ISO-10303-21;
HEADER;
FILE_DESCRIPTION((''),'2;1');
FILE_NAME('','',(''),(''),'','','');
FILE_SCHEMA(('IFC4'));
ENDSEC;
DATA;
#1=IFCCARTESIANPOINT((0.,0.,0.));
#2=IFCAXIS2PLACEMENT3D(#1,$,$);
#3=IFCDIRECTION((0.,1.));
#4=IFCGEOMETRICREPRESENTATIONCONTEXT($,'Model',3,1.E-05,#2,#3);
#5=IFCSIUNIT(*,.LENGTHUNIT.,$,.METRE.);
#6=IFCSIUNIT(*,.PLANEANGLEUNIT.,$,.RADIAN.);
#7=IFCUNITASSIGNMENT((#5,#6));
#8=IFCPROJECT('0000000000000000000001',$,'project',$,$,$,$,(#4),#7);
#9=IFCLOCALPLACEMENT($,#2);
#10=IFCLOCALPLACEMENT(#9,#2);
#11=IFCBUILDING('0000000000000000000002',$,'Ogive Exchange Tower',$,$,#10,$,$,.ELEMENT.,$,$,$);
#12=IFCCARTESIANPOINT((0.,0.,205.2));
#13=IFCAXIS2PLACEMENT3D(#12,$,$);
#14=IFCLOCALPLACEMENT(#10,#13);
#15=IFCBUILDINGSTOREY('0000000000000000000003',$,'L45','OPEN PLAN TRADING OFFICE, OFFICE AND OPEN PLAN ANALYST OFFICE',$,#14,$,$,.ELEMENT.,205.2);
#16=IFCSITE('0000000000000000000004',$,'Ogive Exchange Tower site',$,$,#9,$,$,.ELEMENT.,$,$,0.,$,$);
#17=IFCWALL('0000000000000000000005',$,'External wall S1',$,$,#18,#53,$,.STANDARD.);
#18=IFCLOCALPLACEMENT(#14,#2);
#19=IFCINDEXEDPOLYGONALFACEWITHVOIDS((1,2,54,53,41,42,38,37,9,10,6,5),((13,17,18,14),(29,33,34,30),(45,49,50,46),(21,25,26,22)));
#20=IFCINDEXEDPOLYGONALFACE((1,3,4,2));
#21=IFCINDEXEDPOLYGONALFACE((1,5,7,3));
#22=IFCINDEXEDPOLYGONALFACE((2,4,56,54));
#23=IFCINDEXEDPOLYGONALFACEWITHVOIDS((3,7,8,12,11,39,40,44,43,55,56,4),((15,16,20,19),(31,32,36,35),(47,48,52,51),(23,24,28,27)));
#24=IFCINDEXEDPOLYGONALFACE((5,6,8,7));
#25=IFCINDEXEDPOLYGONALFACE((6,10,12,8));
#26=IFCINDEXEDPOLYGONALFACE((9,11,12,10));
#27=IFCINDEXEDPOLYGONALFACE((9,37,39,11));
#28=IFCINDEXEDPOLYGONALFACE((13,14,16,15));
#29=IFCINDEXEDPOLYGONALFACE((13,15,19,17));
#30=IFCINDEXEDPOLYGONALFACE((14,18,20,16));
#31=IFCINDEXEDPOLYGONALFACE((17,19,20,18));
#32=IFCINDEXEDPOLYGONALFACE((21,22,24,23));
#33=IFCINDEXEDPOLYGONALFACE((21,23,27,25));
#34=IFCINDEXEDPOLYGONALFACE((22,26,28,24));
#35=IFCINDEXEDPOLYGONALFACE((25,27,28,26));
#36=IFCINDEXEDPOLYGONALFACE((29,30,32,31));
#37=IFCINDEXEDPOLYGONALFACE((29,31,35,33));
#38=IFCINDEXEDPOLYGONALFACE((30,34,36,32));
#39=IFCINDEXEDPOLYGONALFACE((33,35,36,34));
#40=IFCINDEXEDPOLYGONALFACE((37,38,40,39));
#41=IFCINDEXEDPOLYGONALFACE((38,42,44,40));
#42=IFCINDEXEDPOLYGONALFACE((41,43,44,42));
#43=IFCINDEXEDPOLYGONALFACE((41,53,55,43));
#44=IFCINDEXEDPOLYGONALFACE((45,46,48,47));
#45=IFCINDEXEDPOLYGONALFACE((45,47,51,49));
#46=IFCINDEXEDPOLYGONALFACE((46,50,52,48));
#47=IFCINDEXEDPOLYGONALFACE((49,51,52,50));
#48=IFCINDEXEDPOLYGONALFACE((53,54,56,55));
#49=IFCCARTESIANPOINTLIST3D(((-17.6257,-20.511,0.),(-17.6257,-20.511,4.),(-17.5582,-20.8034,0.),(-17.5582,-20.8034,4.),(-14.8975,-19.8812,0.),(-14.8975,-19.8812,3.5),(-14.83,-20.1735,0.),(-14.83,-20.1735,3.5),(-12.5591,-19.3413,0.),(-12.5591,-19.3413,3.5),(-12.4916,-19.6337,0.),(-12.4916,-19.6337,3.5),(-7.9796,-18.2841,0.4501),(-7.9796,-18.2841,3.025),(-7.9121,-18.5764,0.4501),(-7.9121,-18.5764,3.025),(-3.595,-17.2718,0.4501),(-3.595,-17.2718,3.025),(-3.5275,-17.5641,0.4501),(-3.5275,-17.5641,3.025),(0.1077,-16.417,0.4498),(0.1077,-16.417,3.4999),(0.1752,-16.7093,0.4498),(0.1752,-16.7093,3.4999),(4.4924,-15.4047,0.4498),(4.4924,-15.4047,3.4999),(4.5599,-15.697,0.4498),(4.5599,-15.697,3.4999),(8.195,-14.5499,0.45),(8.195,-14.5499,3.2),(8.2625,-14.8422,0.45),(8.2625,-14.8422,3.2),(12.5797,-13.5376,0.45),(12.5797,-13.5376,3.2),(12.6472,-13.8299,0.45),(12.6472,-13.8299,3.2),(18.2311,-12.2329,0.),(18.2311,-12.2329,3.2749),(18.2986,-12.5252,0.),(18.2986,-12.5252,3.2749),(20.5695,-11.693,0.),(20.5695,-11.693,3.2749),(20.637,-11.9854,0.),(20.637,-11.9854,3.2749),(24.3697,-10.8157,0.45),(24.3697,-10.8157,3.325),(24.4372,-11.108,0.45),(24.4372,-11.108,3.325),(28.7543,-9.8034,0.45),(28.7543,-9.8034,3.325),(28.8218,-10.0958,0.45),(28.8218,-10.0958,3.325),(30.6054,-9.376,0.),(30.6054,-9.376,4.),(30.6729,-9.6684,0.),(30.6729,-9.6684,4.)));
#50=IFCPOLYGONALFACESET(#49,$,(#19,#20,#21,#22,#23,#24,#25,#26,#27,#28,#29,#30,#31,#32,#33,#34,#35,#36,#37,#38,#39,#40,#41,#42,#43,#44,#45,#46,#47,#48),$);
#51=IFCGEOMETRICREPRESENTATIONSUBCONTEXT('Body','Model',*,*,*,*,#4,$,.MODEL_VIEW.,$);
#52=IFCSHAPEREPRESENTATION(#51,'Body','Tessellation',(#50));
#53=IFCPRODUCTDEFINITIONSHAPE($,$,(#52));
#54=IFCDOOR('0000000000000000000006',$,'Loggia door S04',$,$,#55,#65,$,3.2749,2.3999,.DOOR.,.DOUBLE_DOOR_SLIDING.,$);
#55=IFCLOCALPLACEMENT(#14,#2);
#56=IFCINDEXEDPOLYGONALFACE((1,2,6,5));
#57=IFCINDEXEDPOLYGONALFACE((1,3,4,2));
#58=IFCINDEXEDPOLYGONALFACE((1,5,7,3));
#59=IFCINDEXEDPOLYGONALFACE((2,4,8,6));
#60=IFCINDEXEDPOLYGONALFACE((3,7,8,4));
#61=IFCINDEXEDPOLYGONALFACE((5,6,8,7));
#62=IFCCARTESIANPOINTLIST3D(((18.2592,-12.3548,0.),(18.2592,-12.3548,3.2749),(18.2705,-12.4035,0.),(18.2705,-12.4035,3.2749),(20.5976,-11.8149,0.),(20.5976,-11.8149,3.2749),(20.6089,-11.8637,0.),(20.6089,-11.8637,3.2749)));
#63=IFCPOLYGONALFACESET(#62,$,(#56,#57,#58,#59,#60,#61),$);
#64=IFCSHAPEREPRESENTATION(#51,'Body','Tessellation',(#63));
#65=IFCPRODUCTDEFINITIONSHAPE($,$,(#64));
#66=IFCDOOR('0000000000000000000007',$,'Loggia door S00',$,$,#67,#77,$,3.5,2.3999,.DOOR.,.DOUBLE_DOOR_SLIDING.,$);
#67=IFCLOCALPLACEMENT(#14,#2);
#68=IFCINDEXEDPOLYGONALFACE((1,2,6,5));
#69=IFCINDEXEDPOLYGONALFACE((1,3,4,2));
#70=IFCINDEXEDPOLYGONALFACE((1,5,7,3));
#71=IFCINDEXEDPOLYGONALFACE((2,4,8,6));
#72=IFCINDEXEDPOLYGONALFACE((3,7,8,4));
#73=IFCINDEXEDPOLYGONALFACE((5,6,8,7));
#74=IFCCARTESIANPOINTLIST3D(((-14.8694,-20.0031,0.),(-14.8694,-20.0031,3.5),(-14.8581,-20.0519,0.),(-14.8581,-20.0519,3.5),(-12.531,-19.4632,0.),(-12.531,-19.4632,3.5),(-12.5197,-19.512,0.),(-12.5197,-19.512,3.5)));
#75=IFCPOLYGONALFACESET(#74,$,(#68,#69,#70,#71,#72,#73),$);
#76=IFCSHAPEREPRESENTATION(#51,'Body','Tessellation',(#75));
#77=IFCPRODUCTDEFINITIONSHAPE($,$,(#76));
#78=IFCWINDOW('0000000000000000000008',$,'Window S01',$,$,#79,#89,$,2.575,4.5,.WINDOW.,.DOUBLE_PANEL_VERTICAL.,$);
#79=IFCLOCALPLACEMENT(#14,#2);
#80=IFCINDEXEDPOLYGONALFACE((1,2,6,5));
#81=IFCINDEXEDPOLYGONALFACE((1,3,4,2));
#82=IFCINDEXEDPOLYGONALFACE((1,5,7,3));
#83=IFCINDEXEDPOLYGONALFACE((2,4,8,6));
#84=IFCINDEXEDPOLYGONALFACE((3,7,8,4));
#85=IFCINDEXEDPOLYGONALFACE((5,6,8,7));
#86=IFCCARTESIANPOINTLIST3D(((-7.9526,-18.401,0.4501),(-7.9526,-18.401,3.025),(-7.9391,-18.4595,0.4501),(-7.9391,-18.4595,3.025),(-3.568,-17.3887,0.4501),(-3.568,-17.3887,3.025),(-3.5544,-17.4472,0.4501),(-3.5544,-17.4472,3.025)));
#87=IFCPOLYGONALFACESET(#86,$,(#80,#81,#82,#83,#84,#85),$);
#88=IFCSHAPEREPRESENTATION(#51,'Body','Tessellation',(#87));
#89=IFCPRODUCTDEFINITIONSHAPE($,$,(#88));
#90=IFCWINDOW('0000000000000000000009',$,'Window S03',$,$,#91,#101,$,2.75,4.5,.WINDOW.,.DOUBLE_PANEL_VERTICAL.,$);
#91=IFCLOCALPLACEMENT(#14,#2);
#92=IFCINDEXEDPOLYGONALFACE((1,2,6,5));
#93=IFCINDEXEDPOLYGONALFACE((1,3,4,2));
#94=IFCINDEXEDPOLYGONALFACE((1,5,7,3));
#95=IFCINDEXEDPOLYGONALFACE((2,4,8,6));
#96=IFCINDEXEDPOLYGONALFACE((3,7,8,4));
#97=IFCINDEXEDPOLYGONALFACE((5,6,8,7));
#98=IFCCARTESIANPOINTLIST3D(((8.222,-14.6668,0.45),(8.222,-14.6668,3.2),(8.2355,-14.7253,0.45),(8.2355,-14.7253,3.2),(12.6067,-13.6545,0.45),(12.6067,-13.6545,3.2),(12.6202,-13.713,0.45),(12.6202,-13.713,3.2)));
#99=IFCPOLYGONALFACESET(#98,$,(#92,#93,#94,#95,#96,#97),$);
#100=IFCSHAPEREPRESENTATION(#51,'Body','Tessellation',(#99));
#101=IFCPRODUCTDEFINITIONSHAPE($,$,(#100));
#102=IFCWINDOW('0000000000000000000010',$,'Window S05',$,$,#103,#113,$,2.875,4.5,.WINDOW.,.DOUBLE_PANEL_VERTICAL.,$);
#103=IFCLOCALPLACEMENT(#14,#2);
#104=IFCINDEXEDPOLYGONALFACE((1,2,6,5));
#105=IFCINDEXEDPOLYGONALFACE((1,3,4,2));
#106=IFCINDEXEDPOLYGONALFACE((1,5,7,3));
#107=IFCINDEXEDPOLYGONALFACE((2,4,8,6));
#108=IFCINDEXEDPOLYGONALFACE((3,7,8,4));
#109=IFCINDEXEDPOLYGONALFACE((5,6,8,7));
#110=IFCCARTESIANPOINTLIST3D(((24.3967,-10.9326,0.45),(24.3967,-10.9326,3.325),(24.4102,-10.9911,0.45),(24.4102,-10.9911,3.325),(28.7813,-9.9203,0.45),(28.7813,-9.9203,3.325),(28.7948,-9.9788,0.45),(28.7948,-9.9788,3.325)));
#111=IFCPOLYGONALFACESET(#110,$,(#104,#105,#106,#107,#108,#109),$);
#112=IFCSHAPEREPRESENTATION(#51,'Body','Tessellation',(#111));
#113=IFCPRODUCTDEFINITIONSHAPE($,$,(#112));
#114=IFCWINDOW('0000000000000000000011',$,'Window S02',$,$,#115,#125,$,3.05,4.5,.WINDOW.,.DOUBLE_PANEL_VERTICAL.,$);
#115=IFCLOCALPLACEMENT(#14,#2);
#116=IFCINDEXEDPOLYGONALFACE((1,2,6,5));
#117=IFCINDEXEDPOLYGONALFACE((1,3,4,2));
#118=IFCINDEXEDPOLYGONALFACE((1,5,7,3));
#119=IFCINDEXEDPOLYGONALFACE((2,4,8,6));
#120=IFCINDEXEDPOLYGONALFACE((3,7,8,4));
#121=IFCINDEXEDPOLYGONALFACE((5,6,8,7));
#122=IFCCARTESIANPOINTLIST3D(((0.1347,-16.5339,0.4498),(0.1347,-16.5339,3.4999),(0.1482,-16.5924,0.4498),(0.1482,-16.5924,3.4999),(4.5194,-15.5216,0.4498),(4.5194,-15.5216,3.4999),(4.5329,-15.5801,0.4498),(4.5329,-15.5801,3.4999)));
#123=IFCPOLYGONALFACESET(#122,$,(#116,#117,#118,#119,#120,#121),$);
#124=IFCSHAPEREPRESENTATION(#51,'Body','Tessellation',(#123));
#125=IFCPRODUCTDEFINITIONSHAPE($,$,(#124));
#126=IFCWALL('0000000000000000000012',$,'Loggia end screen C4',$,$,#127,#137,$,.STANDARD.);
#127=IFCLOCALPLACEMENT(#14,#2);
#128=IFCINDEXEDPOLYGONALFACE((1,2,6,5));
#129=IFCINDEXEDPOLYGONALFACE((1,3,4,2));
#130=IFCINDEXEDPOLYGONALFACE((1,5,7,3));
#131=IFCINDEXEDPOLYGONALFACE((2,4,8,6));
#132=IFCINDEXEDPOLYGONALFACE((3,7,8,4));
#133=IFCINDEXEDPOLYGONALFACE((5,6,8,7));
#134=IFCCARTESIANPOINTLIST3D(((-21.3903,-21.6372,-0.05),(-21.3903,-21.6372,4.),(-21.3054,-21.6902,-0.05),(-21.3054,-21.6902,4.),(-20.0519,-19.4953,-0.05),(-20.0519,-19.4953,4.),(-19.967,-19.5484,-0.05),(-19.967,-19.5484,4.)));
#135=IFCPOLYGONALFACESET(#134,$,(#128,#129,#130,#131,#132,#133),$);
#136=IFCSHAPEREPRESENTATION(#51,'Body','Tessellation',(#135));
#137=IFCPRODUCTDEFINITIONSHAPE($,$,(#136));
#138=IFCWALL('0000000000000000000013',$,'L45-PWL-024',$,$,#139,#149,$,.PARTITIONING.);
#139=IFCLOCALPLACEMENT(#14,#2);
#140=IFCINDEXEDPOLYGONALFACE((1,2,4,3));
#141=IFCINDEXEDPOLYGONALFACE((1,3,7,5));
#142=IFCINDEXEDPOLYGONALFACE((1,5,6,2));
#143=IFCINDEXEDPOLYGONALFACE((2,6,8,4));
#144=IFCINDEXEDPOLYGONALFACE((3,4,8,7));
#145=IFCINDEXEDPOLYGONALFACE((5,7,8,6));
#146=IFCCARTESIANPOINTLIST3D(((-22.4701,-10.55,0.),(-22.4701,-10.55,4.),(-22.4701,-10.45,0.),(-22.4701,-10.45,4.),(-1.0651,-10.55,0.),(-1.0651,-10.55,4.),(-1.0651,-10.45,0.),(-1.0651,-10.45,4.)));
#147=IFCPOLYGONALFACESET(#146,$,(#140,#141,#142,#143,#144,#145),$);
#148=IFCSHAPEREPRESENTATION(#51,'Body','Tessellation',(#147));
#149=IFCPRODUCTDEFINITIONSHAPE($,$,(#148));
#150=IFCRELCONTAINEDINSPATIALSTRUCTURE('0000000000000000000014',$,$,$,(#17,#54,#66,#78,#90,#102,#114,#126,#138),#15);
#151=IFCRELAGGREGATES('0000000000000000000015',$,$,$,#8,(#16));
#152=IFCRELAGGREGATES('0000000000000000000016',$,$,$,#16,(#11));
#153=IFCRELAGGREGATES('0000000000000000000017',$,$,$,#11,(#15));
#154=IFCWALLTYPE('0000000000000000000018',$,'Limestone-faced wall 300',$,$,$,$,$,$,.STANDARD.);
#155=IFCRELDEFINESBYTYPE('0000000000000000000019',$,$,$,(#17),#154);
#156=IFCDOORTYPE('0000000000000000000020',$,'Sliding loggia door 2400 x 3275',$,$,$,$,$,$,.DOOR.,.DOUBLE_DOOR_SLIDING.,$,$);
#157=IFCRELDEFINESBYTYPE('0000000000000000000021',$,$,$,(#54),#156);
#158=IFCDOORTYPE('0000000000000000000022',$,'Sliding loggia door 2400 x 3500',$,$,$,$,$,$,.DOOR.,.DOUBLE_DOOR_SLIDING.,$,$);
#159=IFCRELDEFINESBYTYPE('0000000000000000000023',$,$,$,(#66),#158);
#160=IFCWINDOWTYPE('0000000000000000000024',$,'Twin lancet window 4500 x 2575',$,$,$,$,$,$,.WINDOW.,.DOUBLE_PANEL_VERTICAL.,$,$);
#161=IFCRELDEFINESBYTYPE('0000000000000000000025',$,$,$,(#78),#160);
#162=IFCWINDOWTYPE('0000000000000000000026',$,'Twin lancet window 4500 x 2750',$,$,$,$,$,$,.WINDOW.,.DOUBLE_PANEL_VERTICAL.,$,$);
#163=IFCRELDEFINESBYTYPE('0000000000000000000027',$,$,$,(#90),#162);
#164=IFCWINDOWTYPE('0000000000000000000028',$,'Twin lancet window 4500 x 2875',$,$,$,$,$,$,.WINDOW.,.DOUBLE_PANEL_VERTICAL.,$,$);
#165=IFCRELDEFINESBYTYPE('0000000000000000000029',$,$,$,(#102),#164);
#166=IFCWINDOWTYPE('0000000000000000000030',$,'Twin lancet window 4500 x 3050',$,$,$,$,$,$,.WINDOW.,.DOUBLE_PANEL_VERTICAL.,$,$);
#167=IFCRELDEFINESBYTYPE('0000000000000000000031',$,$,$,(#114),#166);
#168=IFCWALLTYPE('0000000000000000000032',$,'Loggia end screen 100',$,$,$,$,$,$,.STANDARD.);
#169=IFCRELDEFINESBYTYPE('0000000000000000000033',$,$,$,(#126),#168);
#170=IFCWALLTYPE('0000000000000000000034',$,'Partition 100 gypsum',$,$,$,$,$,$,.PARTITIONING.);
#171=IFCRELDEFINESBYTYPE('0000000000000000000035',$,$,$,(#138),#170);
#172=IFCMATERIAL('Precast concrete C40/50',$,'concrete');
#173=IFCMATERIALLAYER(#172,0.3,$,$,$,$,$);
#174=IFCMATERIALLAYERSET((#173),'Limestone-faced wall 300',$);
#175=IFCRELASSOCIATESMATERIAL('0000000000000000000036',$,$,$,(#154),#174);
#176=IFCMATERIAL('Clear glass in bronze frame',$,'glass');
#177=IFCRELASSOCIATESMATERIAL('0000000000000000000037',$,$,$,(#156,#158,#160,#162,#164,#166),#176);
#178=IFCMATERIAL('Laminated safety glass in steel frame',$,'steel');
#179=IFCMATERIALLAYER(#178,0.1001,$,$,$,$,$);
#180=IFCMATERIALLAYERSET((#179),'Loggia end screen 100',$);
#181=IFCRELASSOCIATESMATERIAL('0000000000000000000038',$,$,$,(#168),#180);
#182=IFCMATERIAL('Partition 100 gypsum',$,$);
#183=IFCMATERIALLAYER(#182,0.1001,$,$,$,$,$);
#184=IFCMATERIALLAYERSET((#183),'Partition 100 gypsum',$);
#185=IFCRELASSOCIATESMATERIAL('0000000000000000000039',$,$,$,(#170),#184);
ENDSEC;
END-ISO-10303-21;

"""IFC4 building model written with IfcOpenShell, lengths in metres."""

from ifc_helpers import new_model, si_unit, direction, frame, frame_2d, origin, place, context, subcontext, project, spatial, rectangle, extrude, material, layer, layer_set, type_object, element, fill, save


model = new_model("IFC4")

# Units and contexts
model_context = context("Model", 3, precision=1e-05, world=origin(), true_north=direction((0.0, 1.0)))
body_context = subcontext(model_context, "Body", "Model", "MODEL_VIEW")
ifc_project = project(units=[si_unit("LENGTHUNIT", "METRE"), si_unit("PLANEANGLEUNIT", "RADIAN")], contexts=[model_context])

# Site, building, storey
site_placement = place(None, origin())
site = spatial("IfcSite", under=ifc_project, at=site_placement, Name="Ogive Exchange Tower site", CompositionType="ELEMENT", RefElevation=0.0)
building_placement = place(site_placement, origin())
building = spatial("IfcBuilding", under=site, at=building_placement, Name="Ogive Exchange Tower", CompositionType="ELEMENT")
storey_placement = place(building_placement, frame((0.0, 0.0, 205.2)))
storey = spatial("IfcBuildingStorey", under=building, at=storey_placement, Name="L45", Description="OPEN PLAN TRADING OFFICE, OFFICE AND OPEN PLAN ANALYST OFFICE", CompositionType="ELEMENT", Elevation=205.2)

# Wall, openings, doors, windows
ifc_material_1 = material(Name="Precast concrete C40/50", Category="concrete")
ifc_layer_1 = layer(ifc_material_1, 0.3)
ifc_layer_set_1 = layer_set([ifc_layer_1], Name="Limestone-faced wall 300")
wall_type_1 = type_object("IfcWallType", Name="Limestone-faced wall 300", PredefinedType="STANDARD", material=ifc_layer_set_1)
wall_1_placement = place(storey_placement, frame((-17.592, -20.6572, 0.0), z_axis=(0.0, 0.0, 1.0), x_axis=(0.97437, 0.22495, 0.0)))
wall_1 = element("IfcWall", 1, at=wall_1_placement, inside=storey, type_object=wall_type_1, Name="External wall S1", PredefinedType="STANDARD", context=body_context, shape_type="SweptSolid", body=[
    extrude(rectangle(XDim=49.4998, YDim=0.3, at=frame_2d((24.75, 0.0))), origin(), (0.0, 0.0, 1.0), 4.0),
])
opening_1_placement = place(wall_1_placement, frame((2.8, 0.0, 0.0)))
opening_1 = element("IfcOpeningElement", 2, at=opening_1_placement, cuts=wall_1, PredefinedType="OPENING", context=body_context, shape_type="SweptSolid", body=[
    extrude(rectangle(XDim=2.3999, YDim=3.5, at=frame_2d((1.2, 1.75))), frame((0.0, 0.1599, 0.0), z_axis=(0.0, -1.0, 0.0), x_axis=(1.0, 0.0, 0.0)), (0.0, 0.0, 1.0), 0.3201),
])
opening_2_placement = place(wall_1_placement, frame((9.8999, 0.0, 0.45)))
opening_2 = element("IfcOpeningElement", 3, at=opening_2_placement, cuts=wall_1, PredefinedType="OPENING", context=body_context, shape_type="SweptSolid", body=[
    extrude(rectangle(XDim=4.5, YDim=2.575, at=frame_2d((2.25, 1.2876))), frame((0.0, 0.1599, 0.0), z_axis=(0.0, -1.0, 0.0), x_axis=(1.0, 0.0, 0.0)), (0.0, 0.0, 1.0), 0.3201),
])
opening_3_placement = place(wall_1_placement, frame((18.2, 0.0, 0.45)))
opening_3 = element("IfcOpeningElement", 4, at=opening_3_placement, cuts=wall_1, PredefinedType="OPENING", context=body_context, shape_type="SweptSolid", body=[
    extrude(rectangle(XDim=4.5, YDim=3.05, at=frame_2d((2.25, 1.5249))), frame((0.0, 0.1599, 0.0), z_axis=(0.0, -1.0, 0.0), x_axis=(1.0, 0.0, 0.0)), (0.0, 0.0, 1.0), 0.3201),
])
opening_4_placement = place(wall_1_placement, frame((26.5, 0.0, 0.45)))
opening_4 = element("IfcOpeningElement", 5, at=opening_4_placement, cuts=wall_1, PredefinedType="OPENING", context=body_context, shape_type="SweptSolid", body=[
    extrude(rectangle(XDim=4.5, YDim=2.75, at=frame_2d((2.25, 1.375))), frame((0.0, 0.1599, 0.0), z_axis=(0.0, -1.0, 0.0), x_axis=(1.0, 0.0, 0.0)), (0.0, 0.0, 1.0), 0.3201),
])
opening_5_placement = place(wall_1_placement, frame((36.8, 0.0, 0.0)))
opening_5 = element("IfcOpeningElement", 6, at=opening_5_placement, cuts=wall_1, PredefinedType="OPENING", context=body_context, shape_type="SweptSolid", body=[
    extrude(rectangle(XDim=2.3999, YDim=3.2749, at=frame_2d((1.2, 1.6375))), frame((0.0, 0.1599, 0.0), z_axis=(0.0, -1.0, 0.0), x_axis=(1.0, 0.0, 0.0)), (0.0, 0.0, 1.0), 0.3201),
])
opening_6_placement = place(wall_1_placement, frame((43.1001, 0.0, 0.45)))
opening_6 = element("IfcOpeningElement", 7, at=opening_6_placement, cuts=wall_1, PredefinedType="OPENING", context=body_context, shape_type="SweptSolid", body=[
    extrude(rectangle(XDim=4.5, YDim=2.875, at=frame_2d((2.25, 1.4375))), frame((0.0, 0.1599, 0.0), z_axis=(0.0, -1.0, 0.0), x_axis=(1.0, 0.0, 0.0)), (0.0, 0.0, 1.0), 0.3201),
])
ifc_material_2 = material(Name="Clear glass in bronze frame", Category="glass")
door_type_1 = type_object("IfcDoorType", Name="Sliding loggia door 2400 x 3275", OperationType="DOUBLE_DOOR_SLIDING", PredefinedType="DOOR", material=ifc_material_2)
door_1_placement = place(opening_5_placement, origin())
door_1 = element("IfcDoor", 8, at=door_1_placement, inside=storey, type_object=door_type_1, Name="Loggia door S04", OperationType="DOUBLE_DOOR_SLIDING", OverallHeight=3.2749, OverallWidth=2.3999, PredefinedType="DOOR", context=body_context, shape_type="SweptSolid", body=[
    extrude(rectangle(XDim=2.3999, YDim=3.2749, at=frame_2d((1.2, 1.6375))), frame((0.0, 0.0249, 0.0), z_axis=(0.0, -1.0, 0.0), x_axis=(1.0, 0.0, 0.0)), (0.0, 0.0, 1.0), 0.05),
])
fill(opening_5, door_1)
door_type_2 = type_object("IfcDoorType", Name="Sliding loggia door 2400 x 3500", OperationType="DOUBLE_DOOR_SLIDING", PredefinedType="DOOR", material=ifc_material_2)
door_2_placement = place(opening_1_placement, origin())
door_2 = element("IfcDoor", 9, at=door_2_placement, inside=storey, type_object=door_type_2, Name="Loggia door S00", OperationType="DOUBLE_DOOR_SLIDING", OverallHeight=3.5, OverallWidth=2.3999, PredefinedType="DOOR", context=body_context, shape_type="SweptSolid", body=[
    extrude(rectangle(XDim=2.3999, YDim=3.5, at=frame_2d((1.2, 1.75))), frame((0.0, 0.0249, 0.0), z_axis=(0.0, -1.0, 0.0), x_axis=(1.0, 0.0, 0.0)), (0.0, 0.0, 1.0), 0.05),
])
fill(opening_1, door_2)
window_type_1 = type_object("IfcWindowType", Name="Twin lancet window 4500 x 2575", PartitioningType="DOUBLE_PANEL_VERTICAL", PredefinedType="WINDOW", material=ifc_material_2)
window_1_placement = place(opening_2_placement, origin())
window_1 = element("IfcWindow", 10, at=window_1_placement, inside=storey, type_object=window_type_1, Name="Window S01", OverallHeight=2.575, OverallWidth=4.5, PartitioningType="DOUBLE_PANEL_VERTICAL", PredefinedType="WINDOW", context=body_context, shape_type="SweptSolid", body=[
    extrude(rectangle(XDim=4.5, YDim=2.575, at=frame_2d((2.25, 1.2876))), frame((0.0, 0.03, 0.0), z_axis=(0.0, -1.0, 0.0), x_axis=(1.0, 0.0, 0.0)), (0.0, 0.0, 1.0), 0.0601),
])
fill(opening_2, window_1)
window_type_2 = type_object("IfcWindowType", Name="Twin lancet window 4500 x 2750", PartitioningType="DOUBLE_PANEL_VERTICAL", PredefinedType="WINDOW", material=ifc_material_2)
window_2_placement = place(opening_4_placement, origin())
window_2 = element("IfcWindow", 11, at=window_2_placement, inside=storey, type_object=window_type_2, Name="Window S03", OverallHeight=2.75, OverallWidth=4.5, PartitioningType="DOUBLE_PANEL_VERTICAL", PredefinedType="WINDOW", context=body_context, shape_type="SweptSolid", body=[
    extrude(rectangle(XDim=4.5, YDim=2.75, at=frame_2d((2.25, 1.375))), frame((0.0, 0.03, 0.0), z_axis=(0.0, -1.0, 0.0), x_axis=(1.0, 0.0, 0.0)), (0.0, 0.0, 1.0), 0.0601),
])
fill(opening_4, window_2)
window_type_3 = type_object("IfcWindowType", Name="Twin lancet window 4500 x 2875", PartitioningType="DOUBLE_PANEL_VERTICAL", PredefinedType="WINDOW", material=ifc_material_2)
window_3_placement = place(opening_6_placement, origin())
window_3 = element("IfcWindow", 12, at=window_3_placement, inside=storey, type_object=window_type_3, Name="Window S05", OverallHeight=2.875, OverallWidth=4.5, PartitioningType="DOUBLE_PANEL_VERTICAL", PredefinedType="WINDOW", context=body_context, shape_type="SweptSolid", body=[
    extrude(rectangle(XDim=4.5, YDim=2.875, at=frame_2d((2.25, 1.4375))), frame((0.0, 0.03, 0.0), z_axis=(0.0, -1.0, 0.0), x_axis=(1.0, 0.0, 0.0)), (0.0, 0.0, 1.0), 0.0601),
])
fill(opening_6, window_3)
window_type_4 = type_object("IfcWindowType", Name="Twin lancet window 4500 x 3050", PartitioningType="DOUBLE_PANEL_VERTICAL", PredefinedType="WINDOW", material=ifc_material_2)
window_4_placement = place(opening_3_placement, origin())
window_4 = element("IfcWindow", 13, at=window_4_placement, inside=storey, type_object=window_type_4, Name="Window S02", OverallHeight=3.05, OverallWidth=4.5, PartitioningType="DOUBLE_PANEL_VERTICAL", PredefinedType="WINDOW", context=body_context, shape_type="SweptSolid", body=[
    extrude(rectangle(XDim=4.5, YDim=3.05, at=frame_2d((2.25, 1.5249))), frame((0.0, 0.03, 0.0), z_axis=(0.0, -1.0, 0.0), x_axis=(1.0, 0.0, 0.0)), (0.0, 0.0, 1.0), 0.0601),
])
fill(opening_3, window_4)

# Walls
ifc_material_3 = material(Name="Laminated safety glass in steel frame", Category="steel")
ifc_layer_2 = layer(ifc_material_3, 0.1001)
ifc_layer_set_2 = layer_set([ifc_layer_2], Name="Loggia end screen 100")
wall_type_2 = type_object("IfcWallType", Name="Loggia end screen 100", PredefinedType="STANDARD", material=ifc_layer_set_2)
wall_2_placement = place(storey_placement, frame((-20.0095, -19.522, -0.05), z_axis=(0.0, 0.0, 1.0), x_axis=(-0.529921, -0.848047, 0.0)))
element("IfcWall", 14, at=wall_2_placement, inside=storey, type_object=wall_type_2, Name="Loggia end screen C4", PredefinedType="STANDARD", context=body_context, shape_type="SweptSolid", body=[
    extrude(rectangle(XDim=2.5256, YDim=0.1001, at=frame_2d((1.2627, 0.0))), origin(), (0.0, 0.0, 1.0), 4.05),
])
ifc_material_4 = material(Name="Partition 100 gypsum")
ifc_layer_3 = layer(ifc_material_4, 0.1001)
ifc_layer_set_3 = layer_set([ifc_layer_3], Name="Partition 100 gypsum")
wall_type_3 = type_object("IfcWallType", Name="Partition 100 gypsum", PredefinedType="PARTITIONING", material=ifc_layer_set_3)
wall_3_placement = place(storey_placement, frame((-1.0649, -10.5, 0.0), z_axis=(0.0, 0.0, 1.0), x_axis=(-1.0, 0.0, 0.0)))
element("IfcWall", 15, at=wall_3_placement, inside=storey, type_object=wall_type_3, Name="L45-PWL-024", PredefinedType="PARTITIONING", context=body_context, shape_type="SweptSolid", body=[
    extrude(rectangle(XDim=21.405, YDim=0.1001, at=frame_2d((10.7026, 0.0))), origin(), (0.0, 0.0, 1.0), 4.0),
])

save(model, "model.ifc")
